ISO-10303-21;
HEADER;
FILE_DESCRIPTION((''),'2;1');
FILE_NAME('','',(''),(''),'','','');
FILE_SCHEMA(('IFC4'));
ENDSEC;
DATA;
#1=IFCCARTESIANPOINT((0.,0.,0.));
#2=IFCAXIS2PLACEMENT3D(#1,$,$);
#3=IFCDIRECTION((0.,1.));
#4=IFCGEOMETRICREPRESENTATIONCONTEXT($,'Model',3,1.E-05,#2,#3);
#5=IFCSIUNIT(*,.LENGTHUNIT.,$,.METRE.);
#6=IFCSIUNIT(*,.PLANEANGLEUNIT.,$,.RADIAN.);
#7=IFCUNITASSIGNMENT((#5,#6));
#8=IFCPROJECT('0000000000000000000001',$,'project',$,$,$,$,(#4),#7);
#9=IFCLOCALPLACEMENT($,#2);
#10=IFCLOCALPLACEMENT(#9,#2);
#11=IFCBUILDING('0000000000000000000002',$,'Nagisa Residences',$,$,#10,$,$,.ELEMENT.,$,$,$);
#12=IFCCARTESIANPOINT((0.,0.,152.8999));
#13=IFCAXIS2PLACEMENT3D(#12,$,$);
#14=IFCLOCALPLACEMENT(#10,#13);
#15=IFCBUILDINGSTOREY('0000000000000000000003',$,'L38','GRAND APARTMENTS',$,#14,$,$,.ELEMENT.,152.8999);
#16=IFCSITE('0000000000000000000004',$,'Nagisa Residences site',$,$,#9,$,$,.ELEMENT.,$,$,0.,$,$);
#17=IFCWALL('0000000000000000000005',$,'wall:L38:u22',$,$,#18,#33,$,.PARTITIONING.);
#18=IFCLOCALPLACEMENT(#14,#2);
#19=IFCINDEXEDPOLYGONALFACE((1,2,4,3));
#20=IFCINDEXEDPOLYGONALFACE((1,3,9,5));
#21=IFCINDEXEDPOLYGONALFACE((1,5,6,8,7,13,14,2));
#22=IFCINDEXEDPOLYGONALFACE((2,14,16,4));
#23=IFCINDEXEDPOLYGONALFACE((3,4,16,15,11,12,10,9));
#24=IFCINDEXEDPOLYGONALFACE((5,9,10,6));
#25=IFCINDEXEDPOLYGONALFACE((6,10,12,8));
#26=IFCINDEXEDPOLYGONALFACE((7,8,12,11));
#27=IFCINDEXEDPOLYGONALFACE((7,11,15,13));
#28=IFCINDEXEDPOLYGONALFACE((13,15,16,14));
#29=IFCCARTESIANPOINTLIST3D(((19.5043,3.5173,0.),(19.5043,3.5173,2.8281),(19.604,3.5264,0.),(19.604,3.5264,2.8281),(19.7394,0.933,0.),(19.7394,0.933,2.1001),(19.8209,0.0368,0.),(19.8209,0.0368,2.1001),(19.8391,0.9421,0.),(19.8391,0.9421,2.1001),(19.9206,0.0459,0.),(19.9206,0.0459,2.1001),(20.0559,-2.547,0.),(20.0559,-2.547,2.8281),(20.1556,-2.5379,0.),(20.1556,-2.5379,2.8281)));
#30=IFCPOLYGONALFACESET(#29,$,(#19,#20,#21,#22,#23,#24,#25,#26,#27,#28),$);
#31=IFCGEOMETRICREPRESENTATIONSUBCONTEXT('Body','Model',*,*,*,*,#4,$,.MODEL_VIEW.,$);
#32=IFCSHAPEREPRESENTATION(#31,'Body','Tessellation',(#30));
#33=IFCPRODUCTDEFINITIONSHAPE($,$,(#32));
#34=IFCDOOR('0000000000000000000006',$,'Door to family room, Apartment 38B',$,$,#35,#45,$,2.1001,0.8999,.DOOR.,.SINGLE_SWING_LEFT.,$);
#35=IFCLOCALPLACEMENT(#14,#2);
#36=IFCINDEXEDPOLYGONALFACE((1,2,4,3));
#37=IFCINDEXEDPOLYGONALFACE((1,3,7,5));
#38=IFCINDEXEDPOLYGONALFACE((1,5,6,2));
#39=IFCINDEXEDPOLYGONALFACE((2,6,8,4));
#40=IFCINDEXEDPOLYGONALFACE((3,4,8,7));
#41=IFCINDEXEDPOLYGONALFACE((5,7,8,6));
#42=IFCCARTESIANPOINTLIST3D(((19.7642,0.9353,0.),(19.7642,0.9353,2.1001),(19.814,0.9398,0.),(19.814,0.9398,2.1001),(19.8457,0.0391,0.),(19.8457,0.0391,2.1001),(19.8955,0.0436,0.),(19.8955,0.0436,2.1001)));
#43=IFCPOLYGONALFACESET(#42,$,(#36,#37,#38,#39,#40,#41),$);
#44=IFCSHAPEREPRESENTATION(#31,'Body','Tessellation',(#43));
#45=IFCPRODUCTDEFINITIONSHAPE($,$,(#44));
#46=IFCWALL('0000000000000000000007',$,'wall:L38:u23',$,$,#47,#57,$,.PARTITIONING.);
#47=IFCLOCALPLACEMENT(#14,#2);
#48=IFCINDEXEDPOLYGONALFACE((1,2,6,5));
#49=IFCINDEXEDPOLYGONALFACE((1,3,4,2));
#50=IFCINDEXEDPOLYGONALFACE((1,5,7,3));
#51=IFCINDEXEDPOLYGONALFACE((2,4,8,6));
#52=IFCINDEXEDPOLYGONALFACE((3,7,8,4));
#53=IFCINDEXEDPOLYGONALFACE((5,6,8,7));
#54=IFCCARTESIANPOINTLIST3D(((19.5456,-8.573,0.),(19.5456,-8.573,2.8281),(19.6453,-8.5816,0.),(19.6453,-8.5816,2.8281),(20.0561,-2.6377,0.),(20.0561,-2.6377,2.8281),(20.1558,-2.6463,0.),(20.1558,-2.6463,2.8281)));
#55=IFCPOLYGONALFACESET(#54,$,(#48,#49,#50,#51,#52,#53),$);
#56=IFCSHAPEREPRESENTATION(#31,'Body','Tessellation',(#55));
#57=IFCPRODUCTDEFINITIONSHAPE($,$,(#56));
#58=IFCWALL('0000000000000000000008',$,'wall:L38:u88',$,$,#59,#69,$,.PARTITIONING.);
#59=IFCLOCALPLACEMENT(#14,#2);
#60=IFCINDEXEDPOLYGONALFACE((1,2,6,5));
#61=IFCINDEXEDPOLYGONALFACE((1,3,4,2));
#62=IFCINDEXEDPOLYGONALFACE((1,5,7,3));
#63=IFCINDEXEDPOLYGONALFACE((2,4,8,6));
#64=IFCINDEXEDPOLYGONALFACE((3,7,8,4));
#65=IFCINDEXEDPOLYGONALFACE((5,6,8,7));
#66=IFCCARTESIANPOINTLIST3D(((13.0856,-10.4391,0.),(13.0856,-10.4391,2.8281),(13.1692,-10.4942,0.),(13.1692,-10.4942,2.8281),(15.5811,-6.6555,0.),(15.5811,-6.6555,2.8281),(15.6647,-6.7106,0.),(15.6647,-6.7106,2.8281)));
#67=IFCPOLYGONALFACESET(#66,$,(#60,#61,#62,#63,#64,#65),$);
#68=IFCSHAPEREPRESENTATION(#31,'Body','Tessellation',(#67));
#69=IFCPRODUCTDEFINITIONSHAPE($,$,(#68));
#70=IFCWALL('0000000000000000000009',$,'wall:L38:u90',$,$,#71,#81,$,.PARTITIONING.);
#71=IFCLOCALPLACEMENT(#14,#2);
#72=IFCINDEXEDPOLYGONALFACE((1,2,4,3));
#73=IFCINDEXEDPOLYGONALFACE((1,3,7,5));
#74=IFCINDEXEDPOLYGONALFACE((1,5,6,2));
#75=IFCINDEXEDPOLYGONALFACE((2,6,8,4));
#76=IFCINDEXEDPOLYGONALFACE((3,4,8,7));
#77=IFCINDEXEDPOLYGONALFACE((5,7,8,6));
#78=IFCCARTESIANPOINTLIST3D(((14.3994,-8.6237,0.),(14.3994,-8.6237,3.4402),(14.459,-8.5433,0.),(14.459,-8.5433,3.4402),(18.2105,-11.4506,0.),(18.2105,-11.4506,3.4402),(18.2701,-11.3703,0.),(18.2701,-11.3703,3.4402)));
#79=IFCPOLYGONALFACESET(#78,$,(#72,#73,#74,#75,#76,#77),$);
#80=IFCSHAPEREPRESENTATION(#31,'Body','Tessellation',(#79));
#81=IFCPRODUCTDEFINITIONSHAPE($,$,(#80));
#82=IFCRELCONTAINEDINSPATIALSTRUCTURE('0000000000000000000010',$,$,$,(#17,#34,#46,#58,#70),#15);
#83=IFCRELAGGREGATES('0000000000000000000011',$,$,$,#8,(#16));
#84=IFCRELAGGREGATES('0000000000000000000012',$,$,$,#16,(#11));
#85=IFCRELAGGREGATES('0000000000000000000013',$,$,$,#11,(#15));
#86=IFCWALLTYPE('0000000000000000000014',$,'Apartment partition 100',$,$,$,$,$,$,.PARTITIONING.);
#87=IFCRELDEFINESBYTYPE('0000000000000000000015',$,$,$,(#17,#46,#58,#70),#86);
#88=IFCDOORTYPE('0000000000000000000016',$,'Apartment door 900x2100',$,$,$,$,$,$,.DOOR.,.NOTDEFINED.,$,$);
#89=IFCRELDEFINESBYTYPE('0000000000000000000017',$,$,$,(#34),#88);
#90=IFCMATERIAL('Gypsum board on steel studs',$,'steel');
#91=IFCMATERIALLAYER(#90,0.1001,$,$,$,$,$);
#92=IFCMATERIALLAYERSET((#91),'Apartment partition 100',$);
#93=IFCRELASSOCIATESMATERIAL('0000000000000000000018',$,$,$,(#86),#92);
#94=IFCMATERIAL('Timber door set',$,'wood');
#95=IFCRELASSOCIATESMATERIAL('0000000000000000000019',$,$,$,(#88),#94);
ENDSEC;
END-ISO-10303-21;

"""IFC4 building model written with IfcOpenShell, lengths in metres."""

from ifc_helpers import new_model, si_unit, direction, frame, frame_2d, origin, place, context, subcontext, project, spatial, rectangle, extrude, material, layer, layer_set, type_object, element, fill, save


model = new_model("IFC4")

# Units and contexts
model_context = context("Model", 3, precision=1e-05, world=origin(), true_north=direction((0.0, 1.0)))
body_context = subcontext(model_context, "Body", "Model", "MODEL_VIEW")
ifc_project = project(units=[si_unit("LENGTHUNIT", "METRE"), si_unit("PLANEANGLEUNIT", "RADIAN")], contexts=[model_context])

# Site, building, storey
site_placement = place(None, origin())
site = spatial("IfcSite", under=ifc_project, at=site_placement, Name="Nagisa Residences site", CompositionType="ELEMENT", RefElevation=0.0)
building_placement = place(site_placement, origin())
building = spatial("IfcBuilding", under=site, at=building_placement, Name="Nagisa Residences", CompositionType="ELEMENT")
storey_placement = place(building_placement, frame((0.0, 0.0, 152.8999)))
storey = spatial("IfcBuildingStorey", under=building, at=storey_placement, Name="L38", Description="GRAND APARTMENTS", CompositionType="ELEMENT", Elevation=152.8999)

# Shared definitions
ifc_material_1 = material(Name="Gypsum board on steel studs", Category="steel")
ifc_layer_1 = layer(ifc_material_1, 0.1001)
ifc_layer_set_1 = layer_set([ifc_layer_1], Name="Apartment partition 100")
wall_type_1 = type_object("IfcWallType", Name="Apartment partition 100", PredefinedType="PARTITIONING", material=ifc_layer_set_1)
ifc_material_2 = material(Name="Timber door set", Category="wood")
door_type_1 = type_object("IfcDoorType", Name="Apartment door 900x2100", OperationType="NOTDEFINED", PredefinedType="DOOR", material=ifc_material_2)

# Wall, opening, door
wall_1_placement = place(storey_placement, frame((20.1057, -2.5425, 0.0), z_axis=(0.0, 0.0, 1.0), x_axis=(-0.090572, 0.99589, 0.0)))
wall_1 = element("IfcWall", 1, at=wall_1_placement, inside=storey, type_object=wall_type_1, Name="wall:L38:u22", PredefinedType="PARTITIONING", context=body_context, shape_type="SweptSolid", body=[
    extrude(rectangle(XDim=6.0894, YDim=0.1001, at=frame_2d((3.0447, 0.0))), origin(), (0.0, 0.0, 1.0), 2.8281),
])
opening_1_placement = place(wall_1_placement, frame((2.5945, 0.0, 0.0)))
opening_1 = element("IfcOpeningElement", 2, at=opening_1_placement, cuts=wall_1, PredefinedType="OPENING", context=body_context, shape_type="SweptSolid", body=[
    extrude(rectangle(XDim=0.8999, YDim=2.1001, at=frame_2d((0.45, 1.05))), frame((0.0, 0.0601, 0.0), z_axis=(0.0, -1.0, 0.0), x_axis=(1.0, 0.0, 0.0)), (0.0, 0.0, 1.0), 0.1201),
])
door_1_placement = place(opening_1_placement, frame((0.8999, 0.0, 0.0), x_axis=(-1.0, 0.0, 0.0)))
door_1 = element("IfcDoor", 3, at=door_1_placement, inside=storey, type_object=door_type_1, Name="Door to family room, Apartment 38B", OperationType="SINGLE_SWING_LEFT", OverallHeight=2.1001, OverallWidth=0.8999, PredefinedType="DOOR", context=body_context, shape_type="SweptSolid", body=[
    extrude(rectangle(XDim=0.8999, YDim=2.1001, at=frame_2d((0.45, 1.05))), frame((0.0, 0.0249, 0.0), z_axis=(0.0, -1.0, 0.0), x_axis=(1.0, 0.0, 0.0)), (0.0, 0.0, 1.0), 0.05),
])
fill(opening_1, door_1)

# Walls
wall_2_placement = place(storey_placement, frame((20.106, -2.6421, 0.0), z_axis=(0.0, 0.0, 1.0), x_axis=(-0.085694, -0.996321, 0.0)))
element("IfcWall", 4, at=wall_2_placement, inside=storey, type_object=wall_type_1, Name="wall:L38:u23", PredefinedType="PARTITIONING", context=body_context, shape_type="SweptSolid", body=[
    extrude(rectangle(XDim=5.9573, YDim=0.1001, at=frame_2d((2.9785, 0.0))), origin(), (0.0, 0.0, 1.0), 2.8281),
])
wall_3_placement = place(storey_placement, frame((13.1274, -10.4666, 0.0), z_axis=(0.0, 0.0, 1.0), x_axis=(0.550592, 0.834775, 0.0)))
element("IfcWall", 5, at=wall_3_placement, inside=storey, type_object=wall_type_1, Name="wall:L38:u88", PredefinedType="PARTITIONING", context=body_context, shape_type="SweptSolid", body=[
    extrude(rectangle(XDim=4.5325, YDim=0.1001, at=frame_2d((2.2661, 0.0))), origin(), (0.0, 0.0, 1.0), 2.8281),
])
wall_4_placement = place(storey_placement, frame((14.4292, -8.5835, 0.0), z_axis=(0.0, 0.0, 1.0), x_axis=(0.803162, -0.59576, 0.0)))
element("IfcWall", 6, at=wall_4_placement, inside=storey, type_object=wall_type_1, Name="wall:L38:u90", PredefinedType="PARTITIONING", context=body_context, shape_type="SweptSolid", body=[
    extrude(rectangle(XDim=4.7451, YDim=0.1001, at=frame_2d((2.3726, 0.0))), origin(), (0.0, 0.0, 1.0), 3.4402),
])

save(model, "model.ifc")
